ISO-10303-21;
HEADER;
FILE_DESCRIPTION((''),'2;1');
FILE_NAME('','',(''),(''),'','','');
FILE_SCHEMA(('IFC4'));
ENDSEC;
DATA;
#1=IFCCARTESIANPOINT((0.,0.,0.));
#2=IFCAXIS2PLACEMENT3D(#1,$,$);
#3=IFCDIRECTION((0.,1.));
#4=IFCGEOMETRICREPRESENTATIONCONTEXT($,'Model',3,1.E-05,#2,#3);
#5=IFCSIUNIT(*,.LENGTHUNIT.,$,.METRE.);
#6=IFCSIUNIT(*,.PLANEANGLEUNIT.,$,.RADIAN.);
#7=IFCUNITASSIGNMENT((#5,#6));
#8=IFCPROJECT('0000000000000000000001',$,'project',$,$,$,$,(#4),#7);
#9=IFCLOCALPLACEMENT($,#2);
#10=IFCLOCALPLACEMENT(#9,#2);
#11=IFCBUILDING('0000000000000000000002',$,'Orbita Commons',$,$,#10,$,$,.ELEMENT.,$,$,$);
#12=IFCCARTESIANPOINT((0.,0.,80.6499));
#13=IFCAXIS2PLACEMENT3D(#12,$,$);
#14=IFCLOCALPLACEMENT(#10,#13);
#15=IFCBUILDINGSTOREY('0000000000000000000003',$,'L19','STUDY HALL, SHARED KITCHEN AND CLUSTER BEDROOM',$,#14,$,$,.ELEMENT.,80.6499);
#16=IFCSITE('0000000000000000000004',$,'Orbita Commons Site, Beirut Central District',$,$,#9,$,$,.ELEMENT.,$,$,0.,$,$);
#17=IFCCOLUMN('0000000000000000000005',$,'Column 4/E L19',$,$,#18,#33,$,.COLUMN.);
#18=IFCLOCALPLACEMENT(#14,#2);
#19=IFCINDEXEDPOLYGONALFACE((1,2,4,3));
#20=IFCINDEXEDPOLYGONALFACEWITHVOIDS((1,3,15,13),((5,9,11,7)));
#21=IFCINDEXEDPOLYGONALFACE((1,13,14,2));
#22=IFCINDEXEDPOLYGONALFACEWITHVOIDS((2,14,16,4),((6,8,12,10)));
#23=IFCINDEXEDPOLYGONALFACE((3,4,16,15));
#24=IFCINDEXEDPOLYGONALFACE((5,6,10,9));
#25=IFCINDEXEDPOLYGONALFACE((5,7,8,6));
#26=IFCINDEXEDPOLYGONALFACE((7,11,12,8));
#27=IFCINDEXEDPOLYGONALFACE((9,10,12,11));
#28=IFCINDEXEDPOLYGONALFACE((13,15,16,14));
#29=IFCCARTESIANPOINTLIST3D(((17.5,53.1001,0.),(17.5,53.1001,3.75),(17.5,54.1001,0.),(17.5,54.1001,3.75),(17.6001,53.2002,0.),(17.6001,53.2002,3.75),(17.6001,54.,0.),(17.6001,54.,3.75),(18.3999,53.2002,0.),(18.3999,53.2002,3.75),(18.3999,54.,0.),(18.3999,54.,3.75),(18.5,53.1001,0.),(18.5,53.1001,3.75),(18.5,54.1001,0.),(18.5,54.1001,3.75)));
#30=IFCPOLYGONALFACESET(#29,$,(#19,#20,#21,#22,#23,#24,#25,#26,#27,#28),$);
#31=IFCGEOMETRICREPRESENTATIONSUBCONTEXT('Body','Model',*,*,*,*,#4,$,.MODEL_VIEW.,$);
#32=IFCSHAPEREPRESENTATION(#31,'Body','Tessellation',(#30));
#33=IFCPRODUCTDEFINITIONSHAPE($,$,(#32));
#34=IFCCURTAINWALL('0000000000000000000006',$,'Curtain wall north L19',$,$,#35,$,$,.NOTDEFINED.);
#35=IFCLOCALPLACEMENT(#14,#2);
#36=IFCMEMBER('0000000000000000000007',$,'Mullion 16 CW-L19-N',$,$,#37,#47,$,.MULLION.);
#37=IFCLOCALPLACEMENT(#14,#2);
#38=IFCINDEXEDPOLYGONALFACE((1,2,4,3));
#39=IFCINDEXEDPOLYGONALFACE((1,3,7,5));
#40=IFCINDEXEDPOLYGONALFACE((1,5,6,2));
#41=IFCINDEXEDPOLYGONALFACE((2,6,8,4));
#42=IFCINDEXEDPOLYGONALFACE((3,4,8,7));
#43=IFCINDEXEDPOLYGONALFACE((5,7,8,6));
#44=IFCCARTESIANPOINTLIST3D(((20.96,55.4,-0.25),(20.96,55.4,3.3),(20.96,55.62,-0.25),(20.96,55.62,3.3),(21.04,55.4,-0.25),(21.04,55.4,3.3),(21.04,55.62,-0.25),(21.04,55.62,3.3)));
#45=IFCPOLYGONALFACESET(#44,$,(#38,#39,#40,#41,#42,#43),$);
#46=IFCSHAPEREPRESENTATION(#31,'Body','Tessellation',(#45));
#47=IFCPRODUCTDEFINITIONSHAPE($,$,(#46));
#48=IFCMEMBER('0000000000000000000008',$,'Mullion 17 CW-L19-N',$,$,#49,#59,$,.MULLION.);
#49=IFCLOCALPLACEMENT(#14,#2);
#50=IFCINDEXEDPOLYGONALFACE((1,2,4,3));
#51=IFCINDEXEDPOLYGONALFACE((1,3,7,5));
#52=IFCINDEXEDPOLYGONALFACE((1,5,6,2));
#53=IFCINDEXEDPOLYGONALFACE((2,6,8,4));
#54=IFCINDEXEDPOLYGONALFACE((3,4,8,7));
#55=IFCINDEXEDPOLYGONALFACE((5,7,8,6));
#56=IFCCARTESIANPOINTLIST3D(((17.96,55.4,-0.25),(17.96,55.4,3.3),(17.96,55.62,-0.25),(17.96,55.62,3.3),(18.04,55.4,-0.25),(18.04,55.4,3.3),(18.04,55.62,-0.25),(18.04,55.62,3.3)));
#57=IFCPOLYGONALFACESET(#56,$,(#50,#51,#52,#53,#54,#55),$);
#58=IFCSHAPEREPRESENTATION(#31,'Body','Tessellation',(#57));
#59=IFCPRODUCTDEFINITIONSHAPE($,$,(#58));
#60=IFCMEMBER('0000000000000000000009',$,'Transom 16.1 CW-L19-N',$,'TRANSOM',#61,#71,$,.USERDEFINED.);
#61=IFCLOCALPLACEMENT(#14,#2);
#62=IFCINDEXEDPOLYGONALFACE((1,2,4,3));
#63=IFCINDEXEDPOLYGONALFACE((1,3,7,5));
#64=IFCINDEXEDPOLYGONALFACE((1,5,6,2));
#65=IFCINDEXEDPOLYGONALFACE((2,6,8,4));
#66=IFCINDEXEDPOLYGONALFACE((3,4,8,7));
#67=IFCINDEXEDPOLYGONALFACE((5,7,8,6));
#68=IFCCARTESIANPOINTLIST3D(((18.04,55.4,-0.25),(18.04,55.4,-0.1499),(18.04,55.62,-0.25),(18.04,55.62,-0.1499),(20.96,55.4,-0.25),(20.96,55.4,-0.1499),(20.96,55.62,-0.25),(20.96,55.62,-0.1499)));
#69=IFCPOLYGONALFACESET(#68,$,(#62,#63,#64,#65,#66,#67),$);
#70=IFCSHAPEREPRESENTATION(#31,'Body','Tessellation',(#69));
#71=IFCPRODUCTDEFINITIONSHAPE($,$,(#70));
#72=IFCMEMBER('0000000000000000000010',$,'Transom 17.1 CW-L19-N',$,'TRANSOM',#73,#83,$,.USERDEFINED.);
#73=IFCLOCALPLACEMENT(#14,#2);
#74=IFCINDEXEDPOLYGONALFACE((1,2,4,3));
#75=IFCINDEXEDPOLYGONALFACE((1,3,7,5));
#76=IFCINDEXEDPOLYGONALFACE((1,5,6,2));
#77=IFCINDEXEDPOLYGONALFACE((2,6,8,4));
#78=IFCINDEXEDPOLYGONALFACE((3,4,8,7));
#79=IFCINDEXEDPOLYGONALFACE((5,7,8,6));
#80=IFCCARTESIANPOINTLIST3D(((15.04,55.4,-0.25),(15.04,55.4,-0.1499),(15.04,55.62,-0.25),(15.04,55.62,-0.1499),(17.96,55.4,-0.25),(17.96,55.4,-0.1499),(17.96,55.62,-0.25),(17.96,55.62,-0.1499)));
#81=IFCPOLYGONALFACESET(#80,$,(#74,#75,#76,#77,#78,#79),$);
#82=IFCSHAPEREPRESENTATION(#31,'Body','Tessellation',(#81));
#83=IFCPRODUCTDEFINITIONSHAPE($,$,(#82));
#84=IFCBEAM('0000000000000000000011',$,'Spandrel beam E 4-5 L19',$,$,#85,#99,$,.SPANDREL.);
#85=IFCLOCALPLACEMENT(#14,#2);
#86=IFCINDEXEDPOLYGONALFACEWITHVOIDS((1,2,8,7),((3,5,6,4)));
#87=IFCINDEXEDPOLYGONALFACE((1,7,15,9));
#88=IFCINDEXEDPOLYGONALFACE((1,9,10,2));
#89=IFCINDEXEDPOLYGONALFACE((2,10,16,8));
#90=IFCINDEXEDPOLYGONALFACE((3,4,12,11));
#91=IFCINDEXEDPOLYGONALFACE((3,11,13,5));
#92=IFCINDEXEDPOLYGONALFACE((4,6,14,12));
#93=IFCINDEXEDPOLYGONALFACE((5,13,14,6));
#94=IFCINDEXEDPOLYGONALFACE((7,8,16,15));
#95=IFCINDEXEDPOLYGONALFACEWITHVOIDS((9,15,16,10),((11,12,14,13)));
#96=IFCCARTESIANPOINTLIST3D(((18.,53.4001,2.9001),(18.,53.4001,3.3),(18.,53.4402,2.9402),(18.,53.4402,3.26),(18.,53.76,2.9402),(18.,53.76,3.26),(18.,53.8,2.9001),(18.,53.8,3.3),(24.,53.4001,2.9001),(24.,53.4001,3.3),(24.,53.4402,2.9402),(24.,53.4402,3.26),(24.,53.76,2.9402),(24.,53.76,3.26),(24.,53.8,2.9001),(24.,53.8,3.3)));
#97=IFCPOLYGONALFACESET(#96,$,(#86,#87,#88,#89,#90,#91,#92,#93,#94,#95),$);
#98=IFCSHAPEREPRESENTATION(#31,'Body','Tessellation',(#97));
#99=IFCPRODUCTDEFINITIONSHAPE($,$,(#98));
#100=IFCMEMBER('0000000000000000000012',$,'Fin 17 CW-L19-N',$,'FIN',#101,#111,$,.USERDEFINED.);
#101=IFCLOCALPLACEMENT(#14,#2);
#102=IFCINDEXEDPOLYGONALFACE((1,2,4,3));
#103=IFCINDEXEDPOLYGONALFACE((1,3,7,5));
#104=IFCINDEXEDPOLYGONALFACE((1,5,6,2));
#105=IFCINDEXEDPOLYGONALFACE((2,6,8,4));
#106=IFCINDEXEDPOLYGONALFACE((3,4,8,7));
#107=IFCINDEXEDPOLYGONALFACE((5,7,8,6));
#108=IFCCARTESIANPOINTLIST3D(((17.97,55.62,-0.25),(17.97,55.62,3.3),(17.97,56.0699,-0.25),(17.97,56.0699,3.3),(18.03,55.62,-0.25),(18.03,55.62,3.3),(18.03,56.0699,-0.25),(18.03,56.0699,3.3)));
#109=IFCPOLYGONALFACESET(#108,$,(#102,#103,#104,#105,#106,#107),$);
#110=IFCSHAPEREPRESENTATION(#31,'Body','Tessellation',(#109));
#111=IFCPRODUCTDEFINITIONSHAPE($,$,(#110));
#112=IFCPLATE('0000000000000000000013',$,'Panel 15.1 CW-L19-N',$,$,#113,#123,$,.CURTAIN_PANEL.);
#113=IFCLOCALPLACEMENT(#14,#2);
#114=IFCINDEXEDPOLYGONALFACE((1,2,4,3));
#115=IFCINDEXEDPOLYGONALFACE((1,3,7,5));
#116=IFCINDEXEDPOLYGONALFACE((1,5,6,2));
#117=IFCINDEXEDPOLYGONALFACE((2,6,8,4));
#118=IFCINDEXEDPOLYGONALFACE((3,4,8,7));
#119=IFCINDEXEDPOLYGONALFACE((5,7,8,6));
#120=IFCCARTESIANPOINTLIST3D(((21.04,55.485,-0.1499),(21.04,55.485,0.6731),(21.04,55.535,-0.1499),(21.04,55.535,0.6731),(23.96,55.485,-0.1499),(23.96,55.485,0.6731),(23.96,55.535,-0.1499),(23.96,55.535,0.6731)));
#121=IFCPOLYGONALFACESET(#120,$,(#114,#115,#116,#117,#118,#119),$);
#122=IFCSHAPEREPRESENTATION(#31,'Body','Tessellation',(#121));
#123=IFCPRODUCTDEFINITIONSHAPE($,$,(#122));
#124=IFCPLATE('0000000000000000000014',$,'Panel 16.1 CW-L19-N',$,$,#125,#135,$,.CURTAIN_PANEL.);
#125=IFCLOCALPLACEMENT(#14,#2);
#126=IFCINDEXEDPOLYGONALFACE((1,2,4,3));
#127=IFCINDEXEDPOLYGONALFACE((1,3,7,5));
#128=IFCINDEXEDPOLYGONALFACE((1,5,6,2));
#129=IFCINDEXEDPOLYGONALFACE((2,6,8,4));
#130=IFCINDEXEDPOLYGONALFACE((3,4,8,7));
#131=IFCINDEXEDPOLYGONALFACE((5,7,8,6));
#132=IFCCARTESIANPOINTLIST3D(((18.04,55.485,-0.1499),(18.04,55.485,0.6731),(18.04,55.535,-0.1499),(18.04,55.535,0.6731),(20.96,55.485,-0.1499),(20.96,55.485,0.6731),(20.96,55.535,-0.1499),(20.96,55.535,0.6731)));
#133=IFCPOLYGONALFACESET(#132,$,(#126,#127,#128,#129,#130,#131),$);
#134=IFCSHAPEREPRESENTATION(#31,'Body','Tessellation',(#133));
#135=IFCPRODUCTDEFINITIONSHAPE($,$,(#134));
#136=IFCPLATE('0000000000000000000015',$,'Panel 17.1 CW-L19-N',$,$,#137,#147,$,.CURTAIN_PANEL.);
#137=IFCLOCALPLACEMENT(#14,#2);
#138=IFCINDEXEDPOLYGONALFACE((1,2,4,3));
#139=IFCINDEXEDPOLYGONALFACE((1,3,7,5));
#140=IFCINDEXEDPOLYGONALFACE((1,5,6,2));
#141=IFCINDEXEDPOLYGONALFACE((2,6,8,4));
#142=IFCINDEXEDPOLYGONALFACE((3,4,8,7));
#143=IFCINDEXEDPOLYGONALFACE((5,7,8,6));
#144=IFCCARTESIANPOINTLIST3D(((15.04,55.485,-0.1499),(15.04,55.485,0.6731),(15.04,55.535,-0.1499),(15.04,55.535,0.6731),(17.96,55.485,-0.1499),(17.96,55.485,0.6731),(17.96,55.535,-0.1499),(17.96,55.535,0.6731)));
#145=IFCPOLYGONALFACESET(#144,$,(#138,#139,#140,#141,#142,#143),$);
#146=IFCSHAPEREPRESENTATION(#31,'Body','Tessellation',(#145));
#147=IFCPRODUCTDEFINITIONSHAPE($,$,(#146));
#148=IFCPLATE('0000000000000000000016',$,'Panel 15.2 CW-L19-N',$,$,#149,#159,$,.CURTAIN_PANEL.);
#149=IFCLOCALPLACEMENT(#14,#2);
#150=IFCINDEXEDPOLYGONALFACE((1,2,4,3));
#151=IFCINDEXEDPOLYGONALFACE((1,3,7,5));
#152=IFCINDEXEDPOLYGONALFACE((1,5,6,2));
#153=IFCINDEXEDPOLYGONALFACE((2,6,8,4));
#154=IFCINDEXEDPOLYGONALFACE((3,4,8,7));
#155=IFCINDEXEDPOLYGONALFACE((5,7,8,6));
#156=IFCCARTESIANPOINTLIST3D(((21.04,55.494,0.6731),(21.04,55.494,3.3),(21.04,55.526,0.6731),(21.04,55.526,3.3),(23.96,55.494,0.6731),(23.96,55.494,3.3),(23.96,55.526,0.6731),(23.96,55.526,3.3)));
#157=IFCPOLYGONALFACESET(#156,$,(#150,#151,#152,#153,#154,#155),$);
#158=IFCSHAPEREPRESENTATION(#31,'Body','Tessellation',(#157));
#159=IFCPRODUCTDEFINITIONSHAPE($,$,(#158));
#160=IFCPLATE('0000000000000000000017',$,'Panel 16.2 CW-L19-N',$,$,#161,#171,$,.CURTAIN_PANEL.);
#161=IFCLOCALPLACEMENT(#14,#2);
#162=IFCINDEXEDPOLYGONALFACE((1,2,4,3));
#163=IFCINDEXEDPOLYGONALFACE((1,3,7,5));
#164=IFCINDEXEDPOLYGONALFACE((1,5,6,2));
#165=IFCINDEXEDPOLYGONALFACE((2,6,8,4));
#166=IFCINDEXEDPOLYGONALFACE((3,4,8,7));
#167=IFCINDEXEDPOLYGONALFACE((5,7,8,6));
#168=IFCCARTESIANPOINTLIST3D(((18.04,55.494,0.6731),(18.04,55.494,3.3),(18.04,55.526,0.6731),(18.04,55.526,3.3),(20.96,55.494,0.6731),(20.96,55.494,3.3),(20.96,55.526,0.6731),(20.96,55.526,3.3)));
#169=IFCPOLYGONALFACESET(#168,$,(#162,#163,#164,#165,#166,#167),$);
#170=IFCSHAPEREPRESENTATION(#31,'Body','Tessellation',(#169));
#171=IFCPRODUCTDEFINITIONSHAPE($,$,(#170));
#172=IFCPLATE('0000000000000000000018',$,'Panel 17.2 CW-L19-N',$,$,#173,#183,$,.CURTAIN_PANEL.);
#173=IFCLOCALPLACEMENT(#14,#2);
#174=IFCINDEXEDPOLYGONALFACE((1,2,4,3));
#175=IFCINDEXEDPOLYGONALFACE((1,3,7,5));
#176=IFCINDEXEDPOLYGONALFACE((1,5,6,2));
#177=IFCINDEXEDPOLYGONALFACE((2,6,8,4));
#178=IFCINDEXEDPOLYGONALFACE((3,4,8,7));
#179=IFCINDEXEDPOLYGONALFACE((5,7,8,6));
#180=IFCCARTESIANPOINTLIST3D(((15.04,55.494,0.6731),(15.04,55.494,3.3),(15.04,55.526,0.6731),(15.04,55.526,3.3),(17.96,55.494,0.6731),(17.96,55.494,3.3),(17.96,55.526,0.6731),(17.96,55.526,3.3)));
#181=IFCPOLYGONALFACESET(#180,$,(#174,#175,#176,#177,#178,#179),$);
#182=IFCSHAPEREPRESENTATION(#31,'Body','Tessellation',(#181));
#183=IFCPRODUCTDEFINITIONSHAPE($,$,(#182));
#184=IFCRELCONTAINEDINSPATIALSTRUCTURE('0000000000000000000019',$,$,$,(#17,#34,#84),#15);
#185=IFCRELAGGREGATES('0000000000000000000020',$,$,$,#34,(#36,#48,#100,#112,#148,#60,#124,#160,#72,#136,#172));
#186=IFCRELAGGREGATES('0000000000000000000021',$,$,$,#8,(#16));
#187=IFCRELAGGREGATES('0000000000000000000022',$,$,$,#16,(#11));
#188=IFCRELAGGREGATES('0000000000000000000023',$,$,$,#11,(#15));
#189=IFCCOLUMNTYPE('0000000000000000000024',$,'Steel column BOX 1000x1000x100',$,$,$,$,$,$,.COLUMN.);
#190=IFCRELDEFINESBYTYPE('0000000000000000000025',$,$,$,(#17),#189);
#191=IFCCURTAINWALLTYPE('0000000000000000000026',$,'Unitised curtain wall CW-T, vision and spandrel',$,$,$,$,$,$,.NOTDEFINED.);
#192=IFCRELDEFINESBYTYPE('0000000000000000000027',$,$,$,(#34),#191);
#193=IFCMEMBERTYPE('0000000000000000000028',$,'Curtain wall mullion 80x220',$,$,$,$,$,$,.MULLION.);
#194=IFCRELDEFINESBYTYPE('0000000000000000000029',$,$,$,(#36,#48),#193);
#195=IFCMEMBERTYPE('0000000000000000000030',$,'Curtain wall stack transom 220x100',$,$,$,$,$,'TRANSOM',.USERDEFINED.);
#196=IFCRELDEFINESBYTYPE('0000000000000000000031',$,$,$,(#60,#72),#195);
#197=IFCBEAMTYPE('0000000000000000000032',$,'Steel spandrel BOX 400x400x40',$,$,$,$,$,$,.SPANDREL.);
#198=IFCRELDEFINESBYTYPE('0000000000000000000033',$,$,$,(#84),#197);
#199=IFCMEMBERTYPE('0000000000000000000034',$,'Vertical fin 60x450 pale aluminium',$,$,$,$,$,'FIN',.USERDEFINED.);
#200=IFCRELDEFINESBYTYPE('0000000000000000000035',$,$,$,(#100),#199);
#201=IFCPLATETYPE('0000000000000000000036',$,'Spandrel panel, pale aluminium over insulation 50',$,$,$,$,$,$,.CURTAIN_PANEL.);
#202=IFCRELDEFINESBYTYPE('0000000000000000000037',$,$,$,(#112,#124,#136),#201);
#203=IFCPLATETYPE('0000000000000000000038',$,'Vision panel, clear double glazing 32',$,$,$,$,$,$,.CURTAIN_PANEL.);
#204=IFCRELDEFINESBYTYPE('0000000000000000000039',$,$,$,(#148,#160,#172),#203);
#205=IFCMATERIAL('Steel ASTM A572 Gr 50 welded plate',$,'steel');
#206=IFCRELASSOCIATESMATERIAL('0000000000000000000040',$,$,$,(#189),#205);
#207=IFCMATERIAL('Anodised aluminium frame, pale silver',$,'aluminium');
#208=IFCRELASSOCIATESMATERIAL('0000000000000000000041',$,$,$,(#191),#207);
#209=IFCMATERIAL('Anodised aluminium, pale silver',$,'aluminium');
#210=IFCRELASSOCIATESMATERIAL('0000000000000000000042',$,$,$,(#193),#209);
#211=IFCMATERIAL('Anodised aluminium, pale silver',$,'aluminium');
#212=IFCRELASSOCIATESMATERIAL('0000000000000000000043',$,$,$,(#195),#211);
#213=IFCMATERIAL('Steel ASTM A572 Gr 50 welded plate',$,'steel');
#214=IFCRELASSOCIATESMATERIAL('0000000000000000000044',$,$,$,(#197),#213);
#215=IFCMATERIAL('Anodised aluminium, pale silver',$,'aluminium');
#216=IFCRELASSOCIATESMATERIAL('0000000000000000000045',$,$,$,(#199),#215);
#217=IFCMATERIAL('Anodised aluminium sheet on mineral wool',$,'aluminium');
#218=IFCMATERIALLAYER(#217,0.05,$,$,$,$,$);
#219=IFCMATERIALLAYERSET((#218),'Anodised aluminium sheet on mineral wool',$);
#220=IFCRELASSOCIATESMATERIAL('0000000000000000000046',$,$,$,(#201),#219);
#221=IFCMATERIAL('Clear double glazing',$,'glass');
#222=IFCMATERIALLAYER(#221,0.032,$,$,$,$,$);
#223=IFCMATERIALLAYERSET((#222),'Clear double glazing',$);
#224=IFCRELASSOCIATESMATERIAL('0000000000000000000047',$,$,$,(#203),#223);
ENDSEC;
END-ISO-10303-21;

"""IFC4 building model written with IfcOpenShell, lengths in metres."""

from ifc_helpers import new_model, si_unit, direction, frame, origin, origin_2d, place, context, subcontext, project, spatial, rectangle, hollow_rectangle, extrude, material, layer, layer_set, material_profile, profile_set, type_object, element, aggregate, save


model = new_model("IFC4")

# Units and contexts
model_context = context("Model", 3, precision=1e-05, world=origin(), true_north=direction((0.0, 1.0)))
body_context = subcontext(model_context, "Body", "Model", "MODEL_VIEW")
ifc_project = project(units=[si_unit("LENGTHUNIT", "METRE"), si_unit("PLANEANGLEUNIT", "RADIAN")], contexts=[model_context])

# Site, building, storey
site_placement = place(None, origin())
site = spatial("IfcSite", under=ifc_project, at=site_placement, Name="Orbita Commons Site, Beirut Central District", CompositionType="ELEMENT", RefElevation=0.0)
building_placement = place(site_placement, origin())
building = spatial("IfcBuilding", under=site, at=building_placement, Name="Orbita Commons", CompositionType="ELEMENT")
storey_placement = place(building_placement, frame((0.0, 0.0, 80.6499)))
storey = spatial("IfcBuildingStorey", under=building, at=storey_placement, Name="L19", Description="STUDY HALL, SHARED KITCHEN AND CLUSTER BEDROOM", CompositionType="ELEMENT", Elevation=80.6499)

# Column
ifc_material_1 = material(Name="Steel ASTM A572 Gr 50 welded plate", Category="steel")
ifc_material_profile_1 = material_profile(ifc_material_1, hollow_rectangle(XDim=1.0, YDim=1.0, WallThickness=0.1001, at=origin_2d()), Name="BOX 1000x1000x100")
ifc_profile_set_1 = profile_set([ifc_material_profile_1], Name="Steel ASTM A572 Gr 50 welded plate")
column_type = type_object("IfcColumnType", Name="Steel column BOX 1000x1000x100", PredefinedType="COLUMN", material=ifc_profile_set_1)
column_placement = place(storey_placement, frame((18.0, 53.6001, 0.0), z_axis=(0.0, 0.0, 1.0), x_axis=(1.0, 0.0, 0.0)))
element("IfcColumn", 1, at=column_placement, inside=storey, type_object=column_type, Name="Column 4/E L19", PredefinedType="COLUMN", context=body_context, shape_type="SweptSolid", body=[
    extrude(hollow_rectangle(XDim=1.0, YDim=1.0, WallThickness=0.1001, at=origin_2d()), origin(), (0.0, 0.0, 1.0), 3.75),
])

# Curtain wall, members
ifc_material_2 = material(Name="Anodised aluminium frame, pale silver", Category="aluminium")
curtain_wall_type = type_object("IfcCurtainWallType", Name="Unitised curtain wall CW-T, vision and spandrel", PredefinedType="NOTDEFINED", material=ifc_material_2)
curtain_wall_placement = place(storey_placement, origin())
curtain_wall = element("IfcCurtainWall", 2, at=curtain_wall_placement, inside=storey, type_object=curtain_wall_type, Name="Curtain wall north L19", PredefinedType="NOTDEFINED")
ifc_material_3 = material(Name="Anodised aluminium, pale silver", Category="aluminium")
ifc_material_profile_2 = material_profile(ifc_material_3, rectangle(XDim=0.0801, YDim=0.22, at=origin_2d()), Name="AL 80x220")
ifc_profile_set_2 = profile_set([ifc_material_profile_2], Name="Anodised aluminium, pale silver")
member_type_1 = type_object("IfcMemberType", Name="Curtain wall mullion 80x220", PredefinedType="MULLION", material=ifc_profile_set_2)
member_1_placement = place(storey_placement, frame((21.0, 55.51, -0.25), z_axis=(0.0, 0.0, 1.0), x_axis=(-1.0, 0.0, 0.0)))
member_1 = element("IfcMember", 3, at=member_1_placement, type_object=member_type_1, Name="Mullion 16 CW-L19-N", PredefinedType="MULLION", context=body_context, shape_type="SweptSolid", body=[
    extrude(rectangle(XDim=0.0801, YDim=0.22, at=origin_2d()), origin(), (0.0, 0.0, 1.0), 3.55),
])
member_2_placement = place(storey_placement, frame((18.0, 55.51, -0.25), z_axis=(0.0, 0.0, 1.0), x_axis=(-1.0, 0.0, 0.0)))
member_2 = element("IfcMember", 4, at=member_2_placement, type_object=member_type_1, Name="Mullion 17 CW-L19-N", PredefinedType="MULLION", context=body_context, shape_type="SweptSolid", body=[
    extrude(rectangle(XDim=0.0801, YDim=0.22, at=origin_2d()), origin(), (0.0, 0.0, 1.0), 3.55),
])
ifc_material_4 = material(Name="Anodised aluminium, pale silver", Category="aluminium")
ifc_material_profile_3 = material_profile(ifc_material_4, rectangle(XDim=0.22, YDim=0.1001, at=origin_2d()), Name="AL 220x100")
ifc_profile_set_3 = profile_set([ifc_material_profile_3], Name="Anodised aluminium, pale silver")
member_type_2 = type_object("IfcMemberType", Name="Curtain wall stack transom 220x100", ElementType="TRANSOM", PredefinedType="USERDEFINED", material=ifc_profile_set_3)
member_3_placement = place(storey_placement, frame((20.96, 55.51, -0.2), z_axis=(-1.0, 0.0, 0.0), x_axis=(0.0, -1.0, 0.0)))
member_3 = element("IfcMember", 5, at=member_3_placement, type_object=member_type_2, Name="Transom 16.1 CW-L19-N", ObjectType="TRANSOM", PredefinedType="USERDEFINED", context=body_context, shape_type="SweptSolid", body=[
    extrude(rectangle(XDim=0.22, YDim=0.1001, at=origin_2d()), origin(), (0.0, 0.0, 1.0), 2.9199),
])
member_4_placement = place(storey_placement, frame((17.96, 55.51, -0.2), z_axis=(-1.0, 0.0, 0.0), x_axis=(0.0, -1.0, 0.0)))
member_4 = element("IfcMember", 6, at=member_4_placement, type_object=member_type_2, Name="Transom 17.1 CW-L19-N", ObjectType="TRANSOM", PredefinedType="USERDEFINED", context=body_context, shape_type="SweptSolid", body=[
    extrude(rectangle(XDim=0.22, YDim=0.1001, at=origin_2d()), origin(), (0.0, 0.0, 1.0), 2.9199),
])

# Beam
ifc_material_5 = material(Name="Steel ASTM A572 Gr 50 welded plate", Category="steel")
ifc_material_profile_4 = material_profile(ifc_material_5, hollow_rectangle(XDim=0.3999, YDim=0.3999, WallThickness=0.04, at=origin_2d()), Name="BOX 400x400x40")
ifc_profile_set_4 = profile_set([ifc_material_profile_4], Name="Steel ASTM A572 Gr 50 welded plate")
beam_type = type_object("IfcBeamType", Name="Steel spandrel BOX 400x400x40", PredefinedType="SPANDREL", material=ifc_profile_set_4)
beam_placement = place(storey_placement, frame((18.0, 53.6001, 3.1001), z_axis=(1.0, 0.0, 0.0), x_axis=(0.0, 1.0, 0.0)))
element("IfcBeam", 7, at=beam_placement, inside=storey, type_object=beam_type, Name="Spandrel beam E 4-5 L19", PredefinedType="SPANDREL", context=body_context, shape_type="SweptSolid", body=[
    extrude(hollow_rectangle(XDim=0.3999, YDim=0.3999, WallThickness=0.04, at=origin_2d()), origin(), (0.0, 0.0, 1.0), 6.0),
])

# Member
ifc_material_6 = material(Name="Anodised aluminium, pale silver", Category="aluminium")
ifc_material_profile_5 = material_profile(ifc_material_6, rectangle(XDim=0.0601, YDim=0.45, at=origin_2d()), Name="FIN 60x450")
ifc_profile_set_5 = profile_set([ifc_material_profile_5], Name="Anodised aluminium, pale silver")
member_type_3 = type_object("IfcMemberType", Name="Vertical fin 60x450 pale aluminium", ElementType="FIN", PredefinedType="USERDEFINED", material=ifc_profile_set_5)
member_5_placement = place(storey_placement, frame((18.0, 55.845, -0.25), z_axis=(0.0, 0.0, 1.0), x_axis=(-1.0, 0.0, 0.0)))
member_5 = element("IfcMember", 8, at=member_5_placement, type_object=member_type_3, Name="Fin 17 CW-L19-N", ObjectType="FIN", PredefinedType="USERDEFINED", context=body_context, shape_type="SweptSolid", body=[
    extrude(rectangle(XDim=0.0601, YDim=0.45, at=origin_2d()), origin(), (0.0, 0.0, 1.0), 3.55),
])

# Plates
ifc_material_7 = material(Name="Anodised aluminium sheet on mineral wool", Category="aluminium")
ifc_layer_1 = layer(ifc_material_7, 0.05)
ifc_layer_set_1 = layer_set([ifc_layer_1], Name="Anodised aluminium sheet on mineral wool")
plate_type_1 = type_object("IfcPlateType", Name="Spandrel panel, pale aluminium over insulation 50", PredefinedType="CURTAIN_PANEL", material=ifc_layer_set_1)
plate_1_placement = place(storey_placement, frame((22.5, 55.51, -0.1499), z_axis=(0.0, 0.0, 1.0), x_axis=(-1.0, 0.0, 0.0)))
plate_1 = element("IfcPlate", 9, at=plate_1_placement, type_object=plate_type_1, Name="Panel 15.1 CW-L19-N", PredefinedType="CURTAIN_PANEL", context=body_context, shape_type="SweptSolid", body=[
    extrude(rectangle(XDim=2.9199, YDim=0.05, at=origin_2d()), origin(), (0.0, 0.0, 1.0), 0.823),
])
plate_2_placement = place(storey_placement, frame((19.5, 55.51, -0.1499), z_axis=(0.0, 0.0, 1.0), x_axis=(-1.0, 0.0, 0.0)))
plate_2 = element("IfcPlate", 10, at=plate_2_placement, type_object=plate_type_1, Name="Panel 16.1 CW-L19-N", PredefinedType="CURTAIN_PANEL", context=body_context, shape_type="SweptSolid", body=[
    extrude(rectangle(XDim=2.9199, YDim=0.05, at=origin_2d()), origin(), (0.0, 0.0, 1.0), 0.823),
])
plate_3_placement = place(storey_placement, frame((16.5, 55.51, -0.1499), z_axis=(0.0, 0.0, 1.0), x_axis=(-1.0, 0.0, 0.0)))
plate_3 = element("IfcPlate", 11, at=plate_3_placement, type_object=plate_type_1, Name="Panel 17.1 CW-L19-N", PredefinedType="CURTAIN_PANEL", context=body_context, shape_type="SweptSolid", body=[
    extrude(rectangle(XDim=2.9199, YDim=0.05, at=origin_2d()), origin(), (0.0, 0.0, 1.0), 0.823),
])
ifc_material_8 = material(Name="Clear double glazing", Category="glass")
ifc_layer_2 = layer(ifc_material_8, 0.032)
ifc_layer_set_2 = layer_set([ifc_layer_2], Name="Clear double glazing")
plate_type_2 = type_object("IfcPlateType", Name="Vision panel, clear double glazing 32", PredefinedType="CURTAIN_PANEL", material=ifc_layer_set_2)
plate_4_placement = place(storey_placement, frame((22.5, 55.51, 0.6731), z_axis=(0.0, 0.0, 1.0), x_axis=(-1.0, 0.0, 0.0)))
plate_4 = element("IfcPlate", 12, at=plate_4_placement, type_object=plate_type_2, Name="Panel 15.2 CW-L19-N", PredefinedType="CURTAIN_PANEL", context=body_context, shape_type="SweptSolid", body=[
    extrude(rectangle(XDim=2.9199, YDim=0.032, at=origin_2d()), origin(), (0.0, 0.0, 1.0), 2.627),
])
plate_5_placement = place(storey_placement, frame((19.5, 55.51, 0.6731), z_axis=(0.0, 0.0, 1.0), x_axis=(-1.0, 0.0, 0.0)))
plate_5 = element("IfcPlate", 13, at=plate_5_placement, type_object=plate_type_2, Name="Panel 16.2 CW-L19-N", PredefinedType="CURTAIN_PANEL", context=body_context, shape_type="SweptSolid", body=[
    extrude(rectangle(XDim=2.9199, YDim=0.032, at=origin_2d()), origin(), (0.0, 0.0, 1.0), 2.627),
])
plate_6_placement = place(storey_placement, frame((16.5, 55.51, 0.6731), z_axis=(0.0, 0.0, 1.0), x_axis=(-1.0, 0.0, 0.0)))
plate_6 = element("IfcPlate", 14, at=plate_6_placement, type_object=plate_type_2, Name="Panel 17.2 CW-L19-N", PredefinedType="CURTAIN_PANEL", context=body_context, shape_type="SweptSolid", body=[
    extrude(rectangle(XDim=2.9199, YDim=0.032, at=origin_2d()), origin(), (0.0, 0.0, 1.0), 2.627),
])
aggregate(curtain_wall, [member_1, member_2, member_5, plate_1, plate_4, member_3, plate_2, plate_5, member_4, plate_3, plate_6])

save(model, "model.ifc")
